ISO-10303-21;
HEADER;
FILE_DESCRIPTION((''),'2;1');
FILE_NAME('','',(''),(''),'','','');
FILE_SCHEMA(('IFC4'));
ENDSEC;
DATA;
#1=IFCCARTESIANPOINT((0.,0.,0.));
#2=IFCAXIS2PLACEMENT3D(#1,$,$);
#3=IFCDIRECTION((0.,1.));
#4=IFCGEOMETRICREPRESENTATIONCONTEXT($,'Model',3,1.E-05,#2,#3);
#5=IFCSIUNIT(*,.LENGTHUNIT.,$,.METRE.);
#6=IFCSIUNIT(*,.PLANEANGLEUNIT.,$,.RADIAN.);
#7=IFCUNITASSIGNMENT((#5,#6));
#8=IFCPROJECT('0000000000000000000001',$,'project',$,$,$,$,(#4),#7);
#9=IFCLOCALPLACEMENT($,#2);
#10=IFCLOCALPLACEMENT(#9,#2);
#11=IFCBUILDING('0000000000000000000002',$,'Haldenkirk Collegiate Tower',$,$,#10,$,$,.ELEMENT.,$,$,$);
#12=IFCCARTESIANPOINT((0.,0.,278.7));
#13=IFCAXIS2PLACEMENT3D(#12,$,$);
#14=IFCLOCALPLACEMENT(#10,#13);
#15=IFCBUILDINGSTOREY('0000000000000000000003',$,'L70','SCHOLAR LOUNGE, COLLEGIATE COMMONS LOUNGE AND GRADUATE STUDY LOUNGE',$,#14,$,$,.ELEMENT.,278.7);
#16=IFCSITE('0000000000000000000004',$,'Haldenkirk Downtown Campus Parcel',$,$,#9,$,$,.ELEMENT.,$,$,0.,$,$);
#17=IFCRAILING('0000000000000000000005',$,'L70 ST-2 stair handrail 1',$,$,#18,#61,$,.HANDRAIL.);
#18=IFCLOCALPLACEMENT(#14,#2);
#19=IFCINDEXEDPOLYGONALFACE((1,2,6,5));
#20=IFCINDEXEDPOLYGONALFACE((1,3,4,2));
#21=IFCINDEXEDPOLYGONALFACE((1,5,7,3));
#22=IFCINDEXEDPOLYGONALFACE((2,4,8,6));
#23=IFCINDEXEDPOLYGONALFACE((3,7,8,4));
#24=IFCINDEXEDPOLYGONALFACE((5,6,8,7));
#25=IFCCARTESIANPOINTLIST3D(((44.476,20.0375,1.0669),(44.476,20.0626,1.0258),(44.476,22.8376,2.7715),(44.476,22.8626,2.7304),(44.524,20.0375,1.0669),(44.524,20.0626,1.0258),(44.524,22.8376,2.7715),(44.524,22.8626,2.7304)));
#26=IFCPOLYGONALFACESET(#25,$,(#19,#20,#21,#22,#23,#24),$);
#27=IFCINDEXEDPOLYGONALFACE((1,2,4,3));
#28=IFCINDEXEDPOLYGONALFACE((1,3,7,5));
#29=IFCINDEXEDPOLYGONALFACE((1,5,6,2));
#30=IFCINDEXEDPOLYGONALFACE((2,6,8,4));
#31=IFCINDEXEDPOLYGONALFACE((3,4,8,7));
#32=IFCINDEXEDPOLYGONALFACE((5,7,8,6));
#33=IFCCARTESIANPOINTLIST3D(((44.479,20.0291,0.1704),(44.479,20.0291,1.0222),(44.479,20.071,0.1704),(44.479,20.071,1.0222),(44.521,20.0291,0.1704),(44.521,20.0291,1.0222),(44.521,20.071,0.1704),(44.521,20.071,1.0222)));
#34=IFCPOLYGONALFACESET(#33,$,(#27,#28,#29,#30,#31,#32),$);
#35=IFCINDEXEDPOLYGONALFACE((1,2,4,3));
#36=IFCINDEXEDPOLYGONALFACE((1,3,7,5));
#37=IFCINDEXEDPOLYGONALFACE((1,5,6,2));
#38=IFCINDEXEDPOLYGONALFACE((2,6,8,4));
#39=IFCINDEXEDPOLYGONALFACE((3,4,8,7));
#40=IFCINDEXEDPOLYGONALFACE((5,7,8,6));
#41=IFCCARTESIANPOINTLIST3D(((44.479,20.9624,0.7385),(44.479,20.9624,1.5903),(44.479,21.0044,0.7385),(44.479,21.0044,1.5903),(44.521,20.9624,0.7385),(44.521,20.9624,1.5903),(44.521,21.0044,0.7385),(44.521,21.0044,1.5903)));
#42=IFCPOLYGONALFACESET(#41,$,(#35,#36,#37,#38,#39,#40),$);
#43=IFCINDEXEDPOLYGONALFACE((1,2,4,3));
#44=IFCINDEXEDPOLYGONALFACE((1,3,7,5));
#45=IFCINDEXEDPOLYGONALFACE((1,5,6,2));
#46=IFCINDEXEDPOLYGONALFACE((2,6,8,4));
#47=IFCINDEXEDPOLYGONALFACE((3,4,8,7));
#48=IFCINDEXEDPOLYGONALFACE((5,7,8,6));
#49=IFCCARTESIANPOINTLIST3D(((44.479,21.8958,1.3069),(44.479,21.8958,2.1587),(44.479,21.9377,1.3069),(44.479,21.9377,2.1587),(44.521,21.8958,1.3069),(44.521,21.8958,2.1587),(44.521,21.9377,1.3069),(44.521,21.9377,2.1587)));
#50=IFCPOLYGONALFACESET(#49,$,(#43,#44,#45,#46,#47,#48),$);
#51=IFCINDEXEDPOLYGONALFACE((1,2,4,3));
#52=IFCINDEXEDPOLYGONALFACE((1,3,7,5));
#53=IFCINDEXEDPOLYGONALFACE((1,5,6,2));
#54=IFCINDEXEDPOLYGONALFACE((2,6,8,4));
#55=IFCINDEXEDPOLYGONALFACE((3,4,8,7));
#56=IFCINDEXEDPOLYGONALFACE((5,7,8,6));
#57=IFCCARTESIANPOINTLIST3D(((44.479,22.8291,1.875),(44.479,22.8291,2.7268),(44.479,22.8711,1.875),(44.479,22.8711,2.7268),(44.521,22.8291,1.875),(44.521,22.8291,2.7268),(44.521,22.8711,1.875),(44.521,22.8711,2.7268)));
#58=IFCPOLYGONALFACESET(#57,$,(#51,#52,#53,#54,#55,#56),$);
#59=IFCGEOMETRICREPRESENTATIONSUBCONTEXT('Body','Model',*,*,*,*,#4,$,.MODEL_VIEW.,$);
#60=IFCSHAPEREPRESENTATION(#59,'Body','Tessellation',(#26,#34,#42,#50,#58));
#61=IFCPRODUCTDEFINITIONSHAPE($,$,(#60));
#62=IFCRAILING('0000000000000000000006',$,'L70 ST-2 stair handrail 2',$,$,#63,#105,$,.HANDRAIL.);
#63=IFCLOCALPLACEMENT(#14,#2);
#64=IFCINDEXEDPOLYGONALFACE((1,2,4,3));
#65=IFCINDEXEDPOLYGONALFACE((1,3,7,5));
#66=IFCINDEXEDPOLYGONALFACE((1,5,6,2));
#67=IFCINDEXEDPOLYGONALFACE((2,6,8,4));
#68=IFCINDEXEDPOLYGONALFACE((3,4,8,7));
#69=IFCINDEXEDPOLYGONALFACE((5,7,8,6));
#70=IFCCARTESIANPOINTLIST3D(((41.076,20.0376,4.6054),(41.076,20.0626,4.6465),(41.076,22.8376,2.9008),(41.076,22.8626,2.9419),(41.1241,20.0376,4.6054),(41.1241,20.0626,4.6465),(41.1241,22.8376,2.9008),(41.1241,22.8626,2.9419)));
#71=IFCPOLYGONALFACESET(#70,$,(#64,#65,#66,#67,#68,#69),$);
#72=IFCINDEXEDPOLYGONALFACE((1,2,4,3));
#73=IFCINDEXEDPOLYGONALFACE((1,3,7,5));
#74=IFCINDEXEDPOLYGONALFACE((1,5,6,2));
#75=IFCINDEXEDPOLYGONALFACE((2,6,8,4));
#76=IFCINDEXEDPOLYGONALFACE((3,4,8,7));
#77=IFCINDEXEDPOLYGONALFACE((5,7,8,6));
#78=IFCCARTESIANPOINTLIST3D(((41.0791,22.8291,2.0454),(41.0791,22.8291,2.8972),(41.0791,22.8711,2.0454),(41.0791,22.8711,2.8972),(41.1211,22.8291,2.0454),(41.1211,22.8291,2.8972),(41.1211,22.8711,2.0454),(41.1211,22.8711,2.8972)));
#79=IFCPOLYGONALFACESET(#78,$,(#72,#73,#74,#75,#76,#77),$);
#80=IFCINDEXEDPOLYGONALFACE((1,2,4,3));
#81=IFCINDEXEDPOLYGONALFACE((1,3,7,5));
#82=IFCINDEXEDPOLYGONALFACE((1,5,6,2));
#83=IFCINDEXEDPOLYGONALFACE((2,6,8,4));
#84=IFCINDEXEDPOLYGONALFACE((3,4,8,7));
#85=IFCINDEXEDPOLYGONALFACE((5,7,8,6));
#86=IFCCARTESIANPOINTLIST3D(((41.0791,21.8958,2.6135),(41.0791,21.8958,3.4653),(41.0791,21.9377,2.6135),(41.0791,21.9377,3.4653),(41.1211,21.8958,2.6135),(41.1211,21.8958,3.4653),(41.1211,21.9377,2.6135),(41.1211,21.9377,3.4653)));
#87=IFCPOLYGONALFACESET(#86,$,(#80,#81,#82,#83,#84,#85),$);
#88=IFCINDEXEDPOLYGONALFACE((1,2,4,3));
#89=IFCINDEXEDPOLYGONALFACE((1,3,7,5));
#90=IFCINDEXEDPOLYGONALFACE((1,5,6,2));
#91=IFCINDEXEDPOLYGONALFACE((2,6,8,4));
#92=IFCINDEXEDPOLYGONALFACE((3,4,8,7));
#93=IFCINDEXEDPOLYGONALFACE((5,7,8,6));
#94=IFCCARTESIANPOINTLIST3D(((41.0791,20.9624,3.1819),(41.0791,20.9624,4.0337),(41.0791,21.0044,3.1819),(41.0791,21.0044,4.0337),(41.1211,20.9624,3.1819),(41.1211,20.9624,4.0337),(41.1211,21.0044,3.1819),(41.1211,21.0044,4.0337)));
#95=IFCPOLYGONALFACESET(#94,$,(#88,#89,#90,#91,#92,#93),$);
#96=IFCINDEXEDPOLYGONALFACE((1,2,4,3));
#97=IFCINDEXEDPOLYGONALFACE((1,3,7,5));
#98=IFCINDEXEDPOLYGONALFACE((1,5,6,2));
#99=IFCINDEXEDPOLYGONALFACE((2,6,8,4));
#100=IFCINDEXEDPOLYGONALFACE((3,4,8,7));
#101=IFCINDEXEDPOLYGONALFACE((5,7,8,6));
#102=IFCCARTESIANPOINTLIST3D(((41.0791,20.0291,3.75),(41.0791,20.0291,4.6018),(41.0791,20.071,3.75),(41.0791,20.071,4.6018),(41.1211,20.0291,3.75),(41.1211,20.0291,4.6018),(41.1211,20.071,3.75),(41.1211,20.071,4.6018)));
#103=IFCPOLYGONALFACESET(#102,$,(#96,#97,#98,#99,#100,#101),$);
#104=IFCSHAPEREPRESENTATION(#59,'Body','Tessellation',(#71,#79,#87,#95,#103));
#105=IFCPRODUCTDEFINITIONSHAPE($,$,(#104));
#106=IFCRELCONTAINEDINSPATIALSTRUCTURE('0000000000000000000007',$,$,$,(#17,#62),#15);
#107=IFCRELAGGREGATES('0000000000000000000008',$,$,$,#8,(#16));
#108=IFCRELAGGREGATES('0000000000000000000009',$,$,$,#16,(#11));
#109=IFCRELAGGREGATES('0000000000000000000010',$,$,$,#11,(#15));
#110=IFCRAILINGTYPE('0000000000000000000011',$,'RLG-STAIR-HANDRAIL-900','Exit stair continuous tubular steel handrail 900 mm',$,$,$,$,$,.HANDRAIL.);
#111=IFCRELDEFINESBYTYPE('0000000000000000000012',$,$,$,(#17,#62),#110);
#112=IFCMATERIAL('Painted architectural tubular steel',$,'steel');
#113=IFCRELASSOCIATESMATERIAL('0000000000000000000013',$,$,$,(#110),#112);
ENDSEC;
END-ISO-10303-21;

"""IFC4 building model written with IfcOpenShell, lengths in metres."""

from ifc_helpers import new_model, si_unit, direction, frame, origin, origin_2d, place, context, subcontext, project, spatial, rectangle, extrude, material, type_object, element, save


model = new_model("IFC4")

# Units and contexts
model_context = context("Model", 3, precision=1e-05, world=origin(), true_north=direction((0.0, 1.0)))
body_context = subcontext(model_context, "Body", "Model", "MODEL_VIEW")
ifc_project = project(units=[si_unit("LENGTHUNIT", "METRE"), si_unit("PLANEANGLEUNIT", "RADIAN")], contexts=[model_context])

# Site, building, storey
site_placement = place(None, origin())
site = spatial("IfcSite", under=ifc_project, at=site_placement, Name="Haldenkirk Downtown Campus Parcel", CompositionType="ELEMENT", RefElevation=0.0)
building_placement = place(site_placement, origin())
building = spatial("IfcBuilding", under=site, at=building_placement, Name="Haldenkirk Collegiate Tower", CompositionType="ELEMENT")
storey_placement = place(building_placement, frame((0.0, 0.0, 278.7)))
storey = spatial("IfcBuildingStorey", under=building, at=storey_placement, Name="L70", Description="SCHOLAR LOUNGE, COLLEGIATE COMMONS LOUNGE AND GRADUATE STUDY LOUNGE", CompositionType="ELEMENT", Elevation=278.7)

# Railings
ifc_material_1 = material(Name="Painted architectural tubular steel", Category="steel")
railing_type_1 = type_object("IfcRailingType", Name="RLG-STAIR-HANDRAIL-900", Description="Exit stair continuous tubular steel handrail 900 mm", PredefinedType="HANDRAIL", material=ifc_material_1)
railing_1_placement = place(storey_placement, frame((44.5, 20.05, 0.1704)))
element("IfcRailing", 1, at=railing_1_placement, inside=storey, type_object=railing_type_1, Name="L70 ST-2 stair handrail 1", PredefinedType="HANDRAIL", context=body_context, shape_type="SweptSolid", body=[
    extrude(rectangle(XDim=0.0481, YDim=0.0481, at=origin_2d()), frame((0.0, 0.0, 0.876), z_axis=(0.0, 0.85417, 0.519994), x_axis=(-1.0, 0.0, 0.0)), (0.0, 0.0, 1.0), 3.2781),
    extrude(rectangle(XDim=0.042, YDim=0.042, at=origin_2d()), origin(), (0.0, 0.0, 1.0), 0.8518),
    extrude(rectangle(XDim=0.042, YDim=0.042, at=origin_2d()), frame((0.0, 0.9333, 0.5681)), (0.0, 0.0, 1.0), 0.8518),
    extrude(rectangle(XDim=0.042, YDim=0.042, at=origin_2d()), frame((0.0, 1.8667, 1.1365)), (0.0, 0.0, 1.0), 0.8518),
    extrude(rectangle(XDim=0.042, YDim=0.042, at=origin_2d()), frame((0.0, 2.8, 1.7046)), (0.0, 0.0, 1.0), 0.8518),
])
railing_2_placement = place(storey_placement, frame((41.1001, 22.8501, 2.0454)))
element("IfcRailing", 2, at=railing_2_placement, inside=storey, type_object=railing_type_1, Name="L70 ST-2 stair handrail 2", PredefinedType="HANDRAIL", context=body_context, shape_type="SweptSolid", body=[
    extrude(rectangle(XDim=0.0481, YDim=0.0481, at=origin_2d()), frame((0.0, 0.0, 0.876), z_axis=(0.0, -0.85417, 0.519994), x_axis=(1.0, 0.0, 0.0)), (0.0, 0.0, 1.0), 3.2781),
    extrude(rectangle(XDim=0.042, YDim=0.042, at=origin_2d()), origin(), (0.0, 0.0, 1.0), 0.8518),
    extrude(rectangle(XDim=0.042, YDim=0.042, at=origin_2d()), frame((0.0, -0.9333, 0.5681)), (0.0, 0.0, 1.0), 0.8518),
    extrude(rectangle(XDim=0.042, YDim=0.042, at=origin_2d()), frame((0.0, -1.8667, 1.1365)), (0.0, 0.0, 1.0), 0.8518),
    extrude(rectangle(XDim=0.042, YDim=0.042, at=origin_2d()), frame((0.0, -2.8, 1.7046)), (0.0, 0.0, 1.0), 0.8518),
])

save(model, "model.ifc")
